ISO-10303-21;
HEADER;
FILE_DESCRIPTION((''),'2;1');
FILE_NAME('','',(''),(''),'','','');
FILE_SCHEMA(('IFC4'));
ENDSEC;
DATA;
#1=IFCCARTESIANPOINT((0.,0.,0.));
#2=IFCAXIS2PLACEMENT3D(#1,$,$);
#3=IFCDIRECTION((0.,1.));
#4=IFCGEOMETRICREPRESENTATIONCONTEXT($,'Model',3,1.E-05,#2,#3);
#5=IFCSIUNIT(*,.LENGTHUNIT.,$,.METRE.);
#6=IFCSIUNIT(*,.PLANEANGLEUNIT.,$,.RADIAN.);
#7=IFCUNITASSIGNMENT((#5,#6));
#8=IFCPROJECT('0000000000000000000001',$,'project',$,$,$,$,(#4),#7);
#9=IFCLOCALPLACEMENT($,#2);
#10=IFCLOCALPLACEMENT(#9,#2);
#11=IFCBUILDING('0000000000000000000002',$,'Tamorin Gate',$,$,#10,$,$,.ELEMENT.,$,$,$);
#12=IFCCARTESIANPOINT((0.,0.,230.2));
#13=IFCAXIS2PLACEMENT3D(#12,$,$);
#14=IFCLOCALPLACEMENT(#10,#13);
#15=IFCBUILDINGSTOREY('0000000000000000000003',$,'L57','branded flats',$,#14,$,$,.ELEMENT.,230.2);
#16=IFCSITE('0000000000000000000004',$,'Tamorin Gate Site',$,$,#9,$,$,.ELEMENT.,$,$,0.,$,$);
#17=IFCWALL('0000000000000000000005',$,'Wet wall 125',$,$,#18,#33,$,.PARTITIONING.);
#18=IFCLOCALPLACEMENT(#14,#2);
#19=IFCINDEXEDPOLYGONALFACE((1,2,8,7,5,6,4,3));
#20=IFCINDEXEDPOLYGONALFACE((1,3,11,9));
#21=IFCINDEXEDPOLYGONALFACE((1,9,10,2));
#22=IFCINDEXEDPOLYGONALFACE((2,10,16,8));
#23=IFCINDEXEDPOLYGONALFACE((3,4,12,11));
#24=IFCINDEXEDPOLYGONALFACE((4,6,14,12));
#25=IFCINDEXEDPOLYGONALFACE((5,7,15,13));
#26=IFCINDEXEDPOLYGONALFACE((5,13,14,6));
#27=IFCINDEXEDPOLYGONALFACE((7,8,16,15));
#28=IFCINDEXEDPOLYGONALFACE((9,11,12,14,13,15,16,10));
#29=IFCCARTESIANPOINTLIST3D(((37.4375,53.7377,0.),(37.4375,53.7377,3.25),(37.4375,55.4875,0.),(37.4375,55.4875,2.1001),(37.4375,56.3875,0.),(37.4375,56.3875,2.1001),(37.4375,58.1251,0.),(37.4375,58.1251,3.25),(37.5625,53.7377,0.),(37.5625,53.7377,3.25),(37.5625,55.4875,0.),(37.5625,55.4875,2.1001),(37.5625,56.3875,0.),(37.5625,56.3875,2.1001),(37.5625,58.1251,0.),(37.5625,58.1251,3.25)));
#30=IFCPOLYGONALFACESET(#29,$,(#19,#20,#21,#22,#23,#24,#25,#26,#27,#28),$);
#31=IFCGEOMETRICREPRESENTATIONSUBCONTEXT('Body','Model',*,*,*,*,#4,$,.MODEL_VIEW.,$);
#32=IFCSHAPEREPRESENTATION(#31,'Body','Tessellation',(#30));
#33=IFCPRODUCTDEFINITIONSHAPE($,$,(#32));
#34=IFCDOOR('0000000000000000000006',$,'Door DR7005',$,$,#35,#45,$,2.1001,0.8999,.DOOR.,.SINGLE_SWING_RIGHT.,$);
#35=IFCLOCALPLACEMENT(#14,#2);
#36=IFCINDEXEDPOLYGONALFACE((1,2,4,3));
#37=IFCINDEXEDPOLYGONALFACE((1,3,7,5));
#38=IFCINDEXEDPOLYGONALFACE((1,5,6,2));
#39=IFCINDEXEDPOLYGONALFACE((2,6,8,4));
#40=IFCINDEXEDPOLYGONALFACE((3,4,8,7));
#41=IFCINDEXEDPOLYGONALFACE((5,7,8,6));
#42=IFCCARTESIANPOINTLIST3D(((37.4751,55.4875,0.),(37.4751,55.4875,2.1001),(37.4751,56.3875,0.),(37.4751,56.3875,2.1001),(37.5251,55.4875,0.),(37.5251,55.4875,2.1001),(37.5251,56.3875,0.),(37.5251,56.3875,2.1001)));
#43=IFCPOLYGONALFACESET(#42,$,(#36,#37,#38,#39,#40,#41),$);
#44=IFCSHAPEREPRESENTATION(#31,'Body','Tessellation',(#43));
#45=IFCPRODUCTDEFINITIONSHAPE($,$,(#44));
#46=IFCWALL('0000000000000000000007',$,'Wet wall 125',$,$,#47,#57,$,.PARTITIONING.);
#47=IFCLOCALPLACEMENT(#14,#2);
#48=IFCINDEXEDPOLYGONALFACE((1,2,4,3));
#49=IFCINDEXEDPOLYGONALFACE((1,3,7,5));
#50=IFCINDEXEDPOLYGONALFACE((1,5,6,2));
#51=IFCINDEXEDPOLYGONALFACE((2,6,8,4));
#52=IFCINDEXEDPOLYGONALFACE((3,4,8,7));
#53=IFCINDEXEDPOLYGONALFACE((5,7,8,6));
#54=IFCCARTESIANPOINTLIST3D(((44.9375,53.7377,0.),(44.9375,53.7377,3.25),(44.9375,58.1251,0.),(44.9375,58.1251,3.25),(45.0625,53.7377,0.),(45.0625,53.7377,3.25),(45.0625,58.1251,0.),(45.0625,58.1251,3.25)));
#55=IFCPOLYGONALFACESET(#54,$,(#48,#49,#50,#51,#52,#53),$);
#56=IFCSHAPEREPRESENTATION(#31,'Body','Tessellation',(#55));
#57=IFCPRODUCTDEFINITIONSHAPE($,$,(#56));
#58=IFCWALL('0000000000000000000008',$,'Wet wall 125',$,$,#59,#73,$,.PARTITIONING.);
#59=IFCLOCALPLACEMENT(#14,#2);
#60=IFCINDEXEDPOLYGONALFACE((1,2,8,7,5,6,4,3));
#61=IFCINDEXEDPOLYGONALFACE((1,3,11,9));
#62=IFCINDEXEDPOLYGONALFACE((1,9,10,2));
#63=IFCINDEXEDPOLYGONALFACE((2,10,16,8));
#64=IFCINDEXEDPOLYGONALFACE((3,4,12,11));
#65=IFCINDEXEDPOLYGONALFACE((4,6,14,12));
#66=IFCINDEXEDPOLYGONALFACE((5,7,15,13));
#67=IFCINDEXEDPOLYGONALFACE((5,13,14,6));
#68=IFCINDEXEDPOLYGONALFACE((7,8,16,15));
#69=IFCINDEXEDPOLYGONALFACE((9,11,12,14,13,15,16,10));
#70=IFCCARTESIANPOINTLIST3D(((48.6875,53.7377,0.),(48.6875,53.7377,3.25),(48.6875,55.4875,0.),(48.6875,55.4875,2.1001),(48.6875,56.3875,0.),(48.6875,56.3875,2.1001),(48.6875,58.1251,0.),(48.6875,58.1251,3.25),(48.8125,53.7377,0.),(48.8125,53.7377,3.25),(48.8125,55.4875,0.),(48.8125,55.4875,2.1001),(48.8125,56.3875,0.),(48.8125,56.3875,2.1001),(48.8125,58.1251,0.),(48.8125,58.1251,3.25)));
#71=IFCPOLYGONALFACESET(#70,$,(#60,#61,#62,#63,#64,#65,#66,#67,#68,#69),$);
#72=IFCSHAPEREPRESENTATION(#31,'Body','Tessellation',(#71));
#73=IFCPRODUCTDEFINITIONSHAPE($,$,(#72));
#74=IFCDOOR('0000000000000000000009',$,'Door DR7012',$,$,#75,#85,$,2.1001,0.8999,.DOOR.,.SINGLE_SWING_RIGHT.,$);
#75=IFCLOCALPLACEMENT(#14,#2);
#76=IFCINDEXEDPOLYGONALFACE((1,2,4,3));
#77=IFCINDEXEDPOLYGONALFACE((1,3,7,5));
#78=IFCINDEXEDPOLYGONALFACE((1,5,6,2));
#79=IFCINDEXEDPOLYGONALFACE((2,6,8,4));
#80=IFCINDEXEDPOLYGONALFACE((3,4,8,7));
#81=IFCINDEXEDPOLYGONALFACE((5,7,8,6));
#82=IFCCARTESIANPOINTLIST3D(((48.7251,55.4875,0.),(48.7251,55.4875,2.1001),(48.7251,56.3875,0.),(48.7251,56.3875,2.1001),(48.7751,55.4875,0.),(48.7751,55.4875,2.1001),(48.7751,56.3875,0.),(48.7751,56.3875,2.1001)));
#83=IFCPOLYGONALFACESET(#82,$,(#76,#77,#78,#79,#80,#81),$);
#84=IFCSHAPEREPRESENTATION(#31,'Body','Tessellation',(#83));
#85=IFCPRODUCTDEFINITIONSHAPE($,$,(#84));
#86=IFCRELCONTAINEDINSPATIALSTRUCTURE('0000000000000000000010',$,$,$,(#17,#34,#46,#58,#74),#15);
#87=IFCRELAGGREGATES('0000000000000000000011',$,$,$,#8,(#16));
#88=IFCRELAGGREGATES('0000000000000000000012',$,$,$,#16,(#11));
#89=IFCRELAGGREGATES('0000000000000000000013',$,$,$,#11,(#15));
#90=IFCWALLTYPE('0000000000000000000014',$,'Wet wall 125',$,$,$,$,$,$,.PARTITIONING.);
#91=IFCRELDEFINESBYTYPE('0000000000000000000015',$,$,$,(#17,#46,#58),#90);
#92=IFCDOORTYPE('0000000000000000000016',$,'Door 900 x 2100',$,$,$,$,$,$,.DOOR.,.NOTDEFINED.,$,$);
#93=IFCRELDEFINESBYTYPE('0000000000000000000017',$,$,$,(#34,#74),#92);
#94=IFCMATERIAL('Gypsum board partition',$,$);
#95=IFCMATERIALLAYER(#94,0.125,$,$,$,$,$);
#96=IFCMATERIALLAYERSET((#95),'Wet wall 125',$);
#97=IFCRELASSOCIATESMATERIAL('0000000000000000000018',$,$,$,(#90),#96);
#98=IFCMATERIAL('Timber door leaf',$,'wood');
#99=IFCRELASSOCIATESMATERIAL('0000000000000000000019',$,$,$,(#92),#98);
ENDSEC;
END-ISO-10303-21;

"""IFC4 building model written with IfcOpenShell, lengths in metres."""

from ifc_helpers import new_model, si_unit, direction, frame, frame_2d, origin, place, context, subcontext, project, spatial, rectangle, extrude, material, layer, layer_set, type_object, element, fill, save


model = new_model("IFC4")

# Units and contexts
model_context = context("Model", 3, precision=1e-05, world=origin(), true_north=direction((0.0, 1.0)))
body_context = subcontext(model_context, "Body", "Model", "MODEL_VIEW")
ifc_project = project(units=[si_unit("LENGTHUNIT", "METRE"), si_unit("PLANEANGLEUNIT", "RADIAN")], contexts=[model_context])

# Site, building, storey
site_placement = place(None, origin())
site = spatial("IfcSite", under=ifc_project, at=site_placement, Name="Tamorin Gate Site", CompositionType="ELEMENT", RefElevation=0.0)
building_placement = place(site_placement, origin())
building = spatial("IfcBuilding", under=site, at=building_placement, Name="Tamorin Gate", CompositionType="ELEMENT")
storey_placement = place(building_placement, frame((0.0, 0.0, 230.2)))
storey = spatial("IfcBuildingStorey", under=building, at=storey_placement, Name="L57", Description="branded flats", CompositionType="ELEMENT", Elevation=230.2)

# Shared definitions
ifc_material_1 = material(Name="Gypsum board partition")

# Shared definitions
ifc_layer_1 = layer(ifc_material_1, 0.125)
ifc_layer_set_1 = layer_set([ifc_layer_1], Name="Wet wall 125")
wall_type_1 = type_object("IfcWallType", Name="Wet wall 125", PredefinedType="PARTITIONING", material=ifc_layer_set_1)
ifc_material_2 = material(Name="Timber door leaf", Category="wood")
door_type = type_object("IfcDoorType", Name="Door 900 x 2100", OperationType="NOTDEFINED", PredefinedType="DOOR", material=ifc_material_2)

# Wall, opening, door
wall_1_placement = place(storey_placement, frame((37.5, 53.7375, 0.0), z_axis=(0.0, 0.0, 1.0), x_axis=(0.0, 1.0, 0.0)))
wall_1 = element("IfcWall", 1, at=wall_1_placement, inside=storey, type_object=wall_type_1, Name="Wet wall 125", PredefinedType="PARTITIONING", context=body_context, shape_type="SweptSolid", body=[
    extrude(rectangle(XDim=4.3875, YDim=0.125, at=frame_2d((2.1938, 0.0))), origin(), (0.0, 0.0, 1.0), 3.25),
])
opening_1_placement = place(wall_1_placement, frame((1.75, 0.0, 0.0)))
opening_1 = element("IfcOpeningElement", 2, at=opening_1_placement, cuts=wall_1, PredefinedType="OPENING", context=body_context, shape_type="SweptSolid", body=[
    extrude(rectangle(XDim=0.8999, YDim=2.1001, at=frame_2d((0.45, 1.05))), frame((0.0, 0.0725, 0.0), z_axis=(0.0, -1.0, 0.0), x_axis=(1.0, 0.0, 0.0)), (0.0, 0.0, 1.0), 0.145),
])
door_1_placement = place(opening_1_placement, origin())
door_1 = element("IfcDoor", 3, at=door_1_placement, inside=storey, type_object=door_type, Name="Door DR7005", OperationType="SINGLE_SWING_RIGHT", OverallHeight=2.1001, OverallWidth=0.8999, PredefinedType="DOOR", context=body_context, shape_type="SweptSolid", body=[
    extrude(rectangle(XDim=0.8999, YDim=2.1001, at=frame_2d((0.45, 1.05))), frame((0.0, 0.0249, 0.0), z_axis=(0.0, -1.0, 0.0), x_axis=(1.0, 0.0, 0.0)), (0.0, 0.0, 1.0), 0.05),
])
fill(opening_1, door_1)

# Wall
wall_2_placement = place(storey_placement, frame((45.0, 53.7375, 0.0), z_axis=(0.0, 0.0, 1.0), x_axis=(0.0, 1.0, 0.0)))
element("IfcWall", 4, at=wall_2_placement, inside=storey, type_object=wall_type_1, Name="Wet wall 125", PredefinedType="PARTITIONING", context=body_context, shape_type="SweptSolid", body=[
    extrude(rectangle(XDim=4.3875, YDim=0.125, at=frame_2d((2.1938, 0.0))), origin(), (0.0, 0.0, 1.0), 3.25),
])

# Wall, opening, door
wall_3_placement = place(storey_placement, frame((48.75, 53.7375, 0.0), z_axis=(0.0, 0.0, 1.0), x_axis=(0.0, 1.0, 0.0)))
wall_3 = element("IfcWall", 5, at=wall_3_placement, inside=storey, type_object=wall_type_1, Name="Wet wall 125", PredefinedType="PARTITIONING", context=body_context, shape_type="SweptSolid", body=[
    extrude(rectangle(XDim=4.3875, YDim=0.125, at=frame_2d((2.1938, 0.0))), origin(), (0.0, 0.0, 1.0), 3.25),
])
opening_2_placement = place(wall_3_placement, frame((1.75, 0.0, 0.0)))
opening_2 = element("IfcOpeningElement", 6, at=opening_2_placement, cuts=wall_3, PredefinedType="OPENING", context=body_context, shape_type="SweptSolid", body=[
    extrude(rectangle(XDim=0.8999, YDim=2.1001, at=frame_2d((0.45, 1.05))), frame((0.0, 0.0725, 0.0), z_axis=(0.0, -1.0, 0.0), x_axis=(1.0, 0.0, 0.0)), (0.0, 0.0, 1.0), 0.145),
])
door_2_placement = place(opening_2_placement, origin())
door_2 = element("IfcDoor", 7, at=door_2_placement, inside=storey, type_object=door_type, Name="Door DR7012", OperationType="SINGLE_SWING_RIGHT", OverallHeight=2.1001, OverallWidth=0.8999, PredefinedType="DOOR", context=body_context, shape_type="SweptSolid", body=[
    extrude(rectangle(XDim=0.8999, YDim=2.1001, at=frame_2d((0.45, 1.05))), frame((0.0, 0.0249, 0.0), z_axis=(0.0, -1.0, 0.0), x_axis=(1.0, 0.0, 0.0)), (0.0, 0.0, 1.0), 0.05),
])
fill(opening_2, door_2)

save(model, "model.ifc")
